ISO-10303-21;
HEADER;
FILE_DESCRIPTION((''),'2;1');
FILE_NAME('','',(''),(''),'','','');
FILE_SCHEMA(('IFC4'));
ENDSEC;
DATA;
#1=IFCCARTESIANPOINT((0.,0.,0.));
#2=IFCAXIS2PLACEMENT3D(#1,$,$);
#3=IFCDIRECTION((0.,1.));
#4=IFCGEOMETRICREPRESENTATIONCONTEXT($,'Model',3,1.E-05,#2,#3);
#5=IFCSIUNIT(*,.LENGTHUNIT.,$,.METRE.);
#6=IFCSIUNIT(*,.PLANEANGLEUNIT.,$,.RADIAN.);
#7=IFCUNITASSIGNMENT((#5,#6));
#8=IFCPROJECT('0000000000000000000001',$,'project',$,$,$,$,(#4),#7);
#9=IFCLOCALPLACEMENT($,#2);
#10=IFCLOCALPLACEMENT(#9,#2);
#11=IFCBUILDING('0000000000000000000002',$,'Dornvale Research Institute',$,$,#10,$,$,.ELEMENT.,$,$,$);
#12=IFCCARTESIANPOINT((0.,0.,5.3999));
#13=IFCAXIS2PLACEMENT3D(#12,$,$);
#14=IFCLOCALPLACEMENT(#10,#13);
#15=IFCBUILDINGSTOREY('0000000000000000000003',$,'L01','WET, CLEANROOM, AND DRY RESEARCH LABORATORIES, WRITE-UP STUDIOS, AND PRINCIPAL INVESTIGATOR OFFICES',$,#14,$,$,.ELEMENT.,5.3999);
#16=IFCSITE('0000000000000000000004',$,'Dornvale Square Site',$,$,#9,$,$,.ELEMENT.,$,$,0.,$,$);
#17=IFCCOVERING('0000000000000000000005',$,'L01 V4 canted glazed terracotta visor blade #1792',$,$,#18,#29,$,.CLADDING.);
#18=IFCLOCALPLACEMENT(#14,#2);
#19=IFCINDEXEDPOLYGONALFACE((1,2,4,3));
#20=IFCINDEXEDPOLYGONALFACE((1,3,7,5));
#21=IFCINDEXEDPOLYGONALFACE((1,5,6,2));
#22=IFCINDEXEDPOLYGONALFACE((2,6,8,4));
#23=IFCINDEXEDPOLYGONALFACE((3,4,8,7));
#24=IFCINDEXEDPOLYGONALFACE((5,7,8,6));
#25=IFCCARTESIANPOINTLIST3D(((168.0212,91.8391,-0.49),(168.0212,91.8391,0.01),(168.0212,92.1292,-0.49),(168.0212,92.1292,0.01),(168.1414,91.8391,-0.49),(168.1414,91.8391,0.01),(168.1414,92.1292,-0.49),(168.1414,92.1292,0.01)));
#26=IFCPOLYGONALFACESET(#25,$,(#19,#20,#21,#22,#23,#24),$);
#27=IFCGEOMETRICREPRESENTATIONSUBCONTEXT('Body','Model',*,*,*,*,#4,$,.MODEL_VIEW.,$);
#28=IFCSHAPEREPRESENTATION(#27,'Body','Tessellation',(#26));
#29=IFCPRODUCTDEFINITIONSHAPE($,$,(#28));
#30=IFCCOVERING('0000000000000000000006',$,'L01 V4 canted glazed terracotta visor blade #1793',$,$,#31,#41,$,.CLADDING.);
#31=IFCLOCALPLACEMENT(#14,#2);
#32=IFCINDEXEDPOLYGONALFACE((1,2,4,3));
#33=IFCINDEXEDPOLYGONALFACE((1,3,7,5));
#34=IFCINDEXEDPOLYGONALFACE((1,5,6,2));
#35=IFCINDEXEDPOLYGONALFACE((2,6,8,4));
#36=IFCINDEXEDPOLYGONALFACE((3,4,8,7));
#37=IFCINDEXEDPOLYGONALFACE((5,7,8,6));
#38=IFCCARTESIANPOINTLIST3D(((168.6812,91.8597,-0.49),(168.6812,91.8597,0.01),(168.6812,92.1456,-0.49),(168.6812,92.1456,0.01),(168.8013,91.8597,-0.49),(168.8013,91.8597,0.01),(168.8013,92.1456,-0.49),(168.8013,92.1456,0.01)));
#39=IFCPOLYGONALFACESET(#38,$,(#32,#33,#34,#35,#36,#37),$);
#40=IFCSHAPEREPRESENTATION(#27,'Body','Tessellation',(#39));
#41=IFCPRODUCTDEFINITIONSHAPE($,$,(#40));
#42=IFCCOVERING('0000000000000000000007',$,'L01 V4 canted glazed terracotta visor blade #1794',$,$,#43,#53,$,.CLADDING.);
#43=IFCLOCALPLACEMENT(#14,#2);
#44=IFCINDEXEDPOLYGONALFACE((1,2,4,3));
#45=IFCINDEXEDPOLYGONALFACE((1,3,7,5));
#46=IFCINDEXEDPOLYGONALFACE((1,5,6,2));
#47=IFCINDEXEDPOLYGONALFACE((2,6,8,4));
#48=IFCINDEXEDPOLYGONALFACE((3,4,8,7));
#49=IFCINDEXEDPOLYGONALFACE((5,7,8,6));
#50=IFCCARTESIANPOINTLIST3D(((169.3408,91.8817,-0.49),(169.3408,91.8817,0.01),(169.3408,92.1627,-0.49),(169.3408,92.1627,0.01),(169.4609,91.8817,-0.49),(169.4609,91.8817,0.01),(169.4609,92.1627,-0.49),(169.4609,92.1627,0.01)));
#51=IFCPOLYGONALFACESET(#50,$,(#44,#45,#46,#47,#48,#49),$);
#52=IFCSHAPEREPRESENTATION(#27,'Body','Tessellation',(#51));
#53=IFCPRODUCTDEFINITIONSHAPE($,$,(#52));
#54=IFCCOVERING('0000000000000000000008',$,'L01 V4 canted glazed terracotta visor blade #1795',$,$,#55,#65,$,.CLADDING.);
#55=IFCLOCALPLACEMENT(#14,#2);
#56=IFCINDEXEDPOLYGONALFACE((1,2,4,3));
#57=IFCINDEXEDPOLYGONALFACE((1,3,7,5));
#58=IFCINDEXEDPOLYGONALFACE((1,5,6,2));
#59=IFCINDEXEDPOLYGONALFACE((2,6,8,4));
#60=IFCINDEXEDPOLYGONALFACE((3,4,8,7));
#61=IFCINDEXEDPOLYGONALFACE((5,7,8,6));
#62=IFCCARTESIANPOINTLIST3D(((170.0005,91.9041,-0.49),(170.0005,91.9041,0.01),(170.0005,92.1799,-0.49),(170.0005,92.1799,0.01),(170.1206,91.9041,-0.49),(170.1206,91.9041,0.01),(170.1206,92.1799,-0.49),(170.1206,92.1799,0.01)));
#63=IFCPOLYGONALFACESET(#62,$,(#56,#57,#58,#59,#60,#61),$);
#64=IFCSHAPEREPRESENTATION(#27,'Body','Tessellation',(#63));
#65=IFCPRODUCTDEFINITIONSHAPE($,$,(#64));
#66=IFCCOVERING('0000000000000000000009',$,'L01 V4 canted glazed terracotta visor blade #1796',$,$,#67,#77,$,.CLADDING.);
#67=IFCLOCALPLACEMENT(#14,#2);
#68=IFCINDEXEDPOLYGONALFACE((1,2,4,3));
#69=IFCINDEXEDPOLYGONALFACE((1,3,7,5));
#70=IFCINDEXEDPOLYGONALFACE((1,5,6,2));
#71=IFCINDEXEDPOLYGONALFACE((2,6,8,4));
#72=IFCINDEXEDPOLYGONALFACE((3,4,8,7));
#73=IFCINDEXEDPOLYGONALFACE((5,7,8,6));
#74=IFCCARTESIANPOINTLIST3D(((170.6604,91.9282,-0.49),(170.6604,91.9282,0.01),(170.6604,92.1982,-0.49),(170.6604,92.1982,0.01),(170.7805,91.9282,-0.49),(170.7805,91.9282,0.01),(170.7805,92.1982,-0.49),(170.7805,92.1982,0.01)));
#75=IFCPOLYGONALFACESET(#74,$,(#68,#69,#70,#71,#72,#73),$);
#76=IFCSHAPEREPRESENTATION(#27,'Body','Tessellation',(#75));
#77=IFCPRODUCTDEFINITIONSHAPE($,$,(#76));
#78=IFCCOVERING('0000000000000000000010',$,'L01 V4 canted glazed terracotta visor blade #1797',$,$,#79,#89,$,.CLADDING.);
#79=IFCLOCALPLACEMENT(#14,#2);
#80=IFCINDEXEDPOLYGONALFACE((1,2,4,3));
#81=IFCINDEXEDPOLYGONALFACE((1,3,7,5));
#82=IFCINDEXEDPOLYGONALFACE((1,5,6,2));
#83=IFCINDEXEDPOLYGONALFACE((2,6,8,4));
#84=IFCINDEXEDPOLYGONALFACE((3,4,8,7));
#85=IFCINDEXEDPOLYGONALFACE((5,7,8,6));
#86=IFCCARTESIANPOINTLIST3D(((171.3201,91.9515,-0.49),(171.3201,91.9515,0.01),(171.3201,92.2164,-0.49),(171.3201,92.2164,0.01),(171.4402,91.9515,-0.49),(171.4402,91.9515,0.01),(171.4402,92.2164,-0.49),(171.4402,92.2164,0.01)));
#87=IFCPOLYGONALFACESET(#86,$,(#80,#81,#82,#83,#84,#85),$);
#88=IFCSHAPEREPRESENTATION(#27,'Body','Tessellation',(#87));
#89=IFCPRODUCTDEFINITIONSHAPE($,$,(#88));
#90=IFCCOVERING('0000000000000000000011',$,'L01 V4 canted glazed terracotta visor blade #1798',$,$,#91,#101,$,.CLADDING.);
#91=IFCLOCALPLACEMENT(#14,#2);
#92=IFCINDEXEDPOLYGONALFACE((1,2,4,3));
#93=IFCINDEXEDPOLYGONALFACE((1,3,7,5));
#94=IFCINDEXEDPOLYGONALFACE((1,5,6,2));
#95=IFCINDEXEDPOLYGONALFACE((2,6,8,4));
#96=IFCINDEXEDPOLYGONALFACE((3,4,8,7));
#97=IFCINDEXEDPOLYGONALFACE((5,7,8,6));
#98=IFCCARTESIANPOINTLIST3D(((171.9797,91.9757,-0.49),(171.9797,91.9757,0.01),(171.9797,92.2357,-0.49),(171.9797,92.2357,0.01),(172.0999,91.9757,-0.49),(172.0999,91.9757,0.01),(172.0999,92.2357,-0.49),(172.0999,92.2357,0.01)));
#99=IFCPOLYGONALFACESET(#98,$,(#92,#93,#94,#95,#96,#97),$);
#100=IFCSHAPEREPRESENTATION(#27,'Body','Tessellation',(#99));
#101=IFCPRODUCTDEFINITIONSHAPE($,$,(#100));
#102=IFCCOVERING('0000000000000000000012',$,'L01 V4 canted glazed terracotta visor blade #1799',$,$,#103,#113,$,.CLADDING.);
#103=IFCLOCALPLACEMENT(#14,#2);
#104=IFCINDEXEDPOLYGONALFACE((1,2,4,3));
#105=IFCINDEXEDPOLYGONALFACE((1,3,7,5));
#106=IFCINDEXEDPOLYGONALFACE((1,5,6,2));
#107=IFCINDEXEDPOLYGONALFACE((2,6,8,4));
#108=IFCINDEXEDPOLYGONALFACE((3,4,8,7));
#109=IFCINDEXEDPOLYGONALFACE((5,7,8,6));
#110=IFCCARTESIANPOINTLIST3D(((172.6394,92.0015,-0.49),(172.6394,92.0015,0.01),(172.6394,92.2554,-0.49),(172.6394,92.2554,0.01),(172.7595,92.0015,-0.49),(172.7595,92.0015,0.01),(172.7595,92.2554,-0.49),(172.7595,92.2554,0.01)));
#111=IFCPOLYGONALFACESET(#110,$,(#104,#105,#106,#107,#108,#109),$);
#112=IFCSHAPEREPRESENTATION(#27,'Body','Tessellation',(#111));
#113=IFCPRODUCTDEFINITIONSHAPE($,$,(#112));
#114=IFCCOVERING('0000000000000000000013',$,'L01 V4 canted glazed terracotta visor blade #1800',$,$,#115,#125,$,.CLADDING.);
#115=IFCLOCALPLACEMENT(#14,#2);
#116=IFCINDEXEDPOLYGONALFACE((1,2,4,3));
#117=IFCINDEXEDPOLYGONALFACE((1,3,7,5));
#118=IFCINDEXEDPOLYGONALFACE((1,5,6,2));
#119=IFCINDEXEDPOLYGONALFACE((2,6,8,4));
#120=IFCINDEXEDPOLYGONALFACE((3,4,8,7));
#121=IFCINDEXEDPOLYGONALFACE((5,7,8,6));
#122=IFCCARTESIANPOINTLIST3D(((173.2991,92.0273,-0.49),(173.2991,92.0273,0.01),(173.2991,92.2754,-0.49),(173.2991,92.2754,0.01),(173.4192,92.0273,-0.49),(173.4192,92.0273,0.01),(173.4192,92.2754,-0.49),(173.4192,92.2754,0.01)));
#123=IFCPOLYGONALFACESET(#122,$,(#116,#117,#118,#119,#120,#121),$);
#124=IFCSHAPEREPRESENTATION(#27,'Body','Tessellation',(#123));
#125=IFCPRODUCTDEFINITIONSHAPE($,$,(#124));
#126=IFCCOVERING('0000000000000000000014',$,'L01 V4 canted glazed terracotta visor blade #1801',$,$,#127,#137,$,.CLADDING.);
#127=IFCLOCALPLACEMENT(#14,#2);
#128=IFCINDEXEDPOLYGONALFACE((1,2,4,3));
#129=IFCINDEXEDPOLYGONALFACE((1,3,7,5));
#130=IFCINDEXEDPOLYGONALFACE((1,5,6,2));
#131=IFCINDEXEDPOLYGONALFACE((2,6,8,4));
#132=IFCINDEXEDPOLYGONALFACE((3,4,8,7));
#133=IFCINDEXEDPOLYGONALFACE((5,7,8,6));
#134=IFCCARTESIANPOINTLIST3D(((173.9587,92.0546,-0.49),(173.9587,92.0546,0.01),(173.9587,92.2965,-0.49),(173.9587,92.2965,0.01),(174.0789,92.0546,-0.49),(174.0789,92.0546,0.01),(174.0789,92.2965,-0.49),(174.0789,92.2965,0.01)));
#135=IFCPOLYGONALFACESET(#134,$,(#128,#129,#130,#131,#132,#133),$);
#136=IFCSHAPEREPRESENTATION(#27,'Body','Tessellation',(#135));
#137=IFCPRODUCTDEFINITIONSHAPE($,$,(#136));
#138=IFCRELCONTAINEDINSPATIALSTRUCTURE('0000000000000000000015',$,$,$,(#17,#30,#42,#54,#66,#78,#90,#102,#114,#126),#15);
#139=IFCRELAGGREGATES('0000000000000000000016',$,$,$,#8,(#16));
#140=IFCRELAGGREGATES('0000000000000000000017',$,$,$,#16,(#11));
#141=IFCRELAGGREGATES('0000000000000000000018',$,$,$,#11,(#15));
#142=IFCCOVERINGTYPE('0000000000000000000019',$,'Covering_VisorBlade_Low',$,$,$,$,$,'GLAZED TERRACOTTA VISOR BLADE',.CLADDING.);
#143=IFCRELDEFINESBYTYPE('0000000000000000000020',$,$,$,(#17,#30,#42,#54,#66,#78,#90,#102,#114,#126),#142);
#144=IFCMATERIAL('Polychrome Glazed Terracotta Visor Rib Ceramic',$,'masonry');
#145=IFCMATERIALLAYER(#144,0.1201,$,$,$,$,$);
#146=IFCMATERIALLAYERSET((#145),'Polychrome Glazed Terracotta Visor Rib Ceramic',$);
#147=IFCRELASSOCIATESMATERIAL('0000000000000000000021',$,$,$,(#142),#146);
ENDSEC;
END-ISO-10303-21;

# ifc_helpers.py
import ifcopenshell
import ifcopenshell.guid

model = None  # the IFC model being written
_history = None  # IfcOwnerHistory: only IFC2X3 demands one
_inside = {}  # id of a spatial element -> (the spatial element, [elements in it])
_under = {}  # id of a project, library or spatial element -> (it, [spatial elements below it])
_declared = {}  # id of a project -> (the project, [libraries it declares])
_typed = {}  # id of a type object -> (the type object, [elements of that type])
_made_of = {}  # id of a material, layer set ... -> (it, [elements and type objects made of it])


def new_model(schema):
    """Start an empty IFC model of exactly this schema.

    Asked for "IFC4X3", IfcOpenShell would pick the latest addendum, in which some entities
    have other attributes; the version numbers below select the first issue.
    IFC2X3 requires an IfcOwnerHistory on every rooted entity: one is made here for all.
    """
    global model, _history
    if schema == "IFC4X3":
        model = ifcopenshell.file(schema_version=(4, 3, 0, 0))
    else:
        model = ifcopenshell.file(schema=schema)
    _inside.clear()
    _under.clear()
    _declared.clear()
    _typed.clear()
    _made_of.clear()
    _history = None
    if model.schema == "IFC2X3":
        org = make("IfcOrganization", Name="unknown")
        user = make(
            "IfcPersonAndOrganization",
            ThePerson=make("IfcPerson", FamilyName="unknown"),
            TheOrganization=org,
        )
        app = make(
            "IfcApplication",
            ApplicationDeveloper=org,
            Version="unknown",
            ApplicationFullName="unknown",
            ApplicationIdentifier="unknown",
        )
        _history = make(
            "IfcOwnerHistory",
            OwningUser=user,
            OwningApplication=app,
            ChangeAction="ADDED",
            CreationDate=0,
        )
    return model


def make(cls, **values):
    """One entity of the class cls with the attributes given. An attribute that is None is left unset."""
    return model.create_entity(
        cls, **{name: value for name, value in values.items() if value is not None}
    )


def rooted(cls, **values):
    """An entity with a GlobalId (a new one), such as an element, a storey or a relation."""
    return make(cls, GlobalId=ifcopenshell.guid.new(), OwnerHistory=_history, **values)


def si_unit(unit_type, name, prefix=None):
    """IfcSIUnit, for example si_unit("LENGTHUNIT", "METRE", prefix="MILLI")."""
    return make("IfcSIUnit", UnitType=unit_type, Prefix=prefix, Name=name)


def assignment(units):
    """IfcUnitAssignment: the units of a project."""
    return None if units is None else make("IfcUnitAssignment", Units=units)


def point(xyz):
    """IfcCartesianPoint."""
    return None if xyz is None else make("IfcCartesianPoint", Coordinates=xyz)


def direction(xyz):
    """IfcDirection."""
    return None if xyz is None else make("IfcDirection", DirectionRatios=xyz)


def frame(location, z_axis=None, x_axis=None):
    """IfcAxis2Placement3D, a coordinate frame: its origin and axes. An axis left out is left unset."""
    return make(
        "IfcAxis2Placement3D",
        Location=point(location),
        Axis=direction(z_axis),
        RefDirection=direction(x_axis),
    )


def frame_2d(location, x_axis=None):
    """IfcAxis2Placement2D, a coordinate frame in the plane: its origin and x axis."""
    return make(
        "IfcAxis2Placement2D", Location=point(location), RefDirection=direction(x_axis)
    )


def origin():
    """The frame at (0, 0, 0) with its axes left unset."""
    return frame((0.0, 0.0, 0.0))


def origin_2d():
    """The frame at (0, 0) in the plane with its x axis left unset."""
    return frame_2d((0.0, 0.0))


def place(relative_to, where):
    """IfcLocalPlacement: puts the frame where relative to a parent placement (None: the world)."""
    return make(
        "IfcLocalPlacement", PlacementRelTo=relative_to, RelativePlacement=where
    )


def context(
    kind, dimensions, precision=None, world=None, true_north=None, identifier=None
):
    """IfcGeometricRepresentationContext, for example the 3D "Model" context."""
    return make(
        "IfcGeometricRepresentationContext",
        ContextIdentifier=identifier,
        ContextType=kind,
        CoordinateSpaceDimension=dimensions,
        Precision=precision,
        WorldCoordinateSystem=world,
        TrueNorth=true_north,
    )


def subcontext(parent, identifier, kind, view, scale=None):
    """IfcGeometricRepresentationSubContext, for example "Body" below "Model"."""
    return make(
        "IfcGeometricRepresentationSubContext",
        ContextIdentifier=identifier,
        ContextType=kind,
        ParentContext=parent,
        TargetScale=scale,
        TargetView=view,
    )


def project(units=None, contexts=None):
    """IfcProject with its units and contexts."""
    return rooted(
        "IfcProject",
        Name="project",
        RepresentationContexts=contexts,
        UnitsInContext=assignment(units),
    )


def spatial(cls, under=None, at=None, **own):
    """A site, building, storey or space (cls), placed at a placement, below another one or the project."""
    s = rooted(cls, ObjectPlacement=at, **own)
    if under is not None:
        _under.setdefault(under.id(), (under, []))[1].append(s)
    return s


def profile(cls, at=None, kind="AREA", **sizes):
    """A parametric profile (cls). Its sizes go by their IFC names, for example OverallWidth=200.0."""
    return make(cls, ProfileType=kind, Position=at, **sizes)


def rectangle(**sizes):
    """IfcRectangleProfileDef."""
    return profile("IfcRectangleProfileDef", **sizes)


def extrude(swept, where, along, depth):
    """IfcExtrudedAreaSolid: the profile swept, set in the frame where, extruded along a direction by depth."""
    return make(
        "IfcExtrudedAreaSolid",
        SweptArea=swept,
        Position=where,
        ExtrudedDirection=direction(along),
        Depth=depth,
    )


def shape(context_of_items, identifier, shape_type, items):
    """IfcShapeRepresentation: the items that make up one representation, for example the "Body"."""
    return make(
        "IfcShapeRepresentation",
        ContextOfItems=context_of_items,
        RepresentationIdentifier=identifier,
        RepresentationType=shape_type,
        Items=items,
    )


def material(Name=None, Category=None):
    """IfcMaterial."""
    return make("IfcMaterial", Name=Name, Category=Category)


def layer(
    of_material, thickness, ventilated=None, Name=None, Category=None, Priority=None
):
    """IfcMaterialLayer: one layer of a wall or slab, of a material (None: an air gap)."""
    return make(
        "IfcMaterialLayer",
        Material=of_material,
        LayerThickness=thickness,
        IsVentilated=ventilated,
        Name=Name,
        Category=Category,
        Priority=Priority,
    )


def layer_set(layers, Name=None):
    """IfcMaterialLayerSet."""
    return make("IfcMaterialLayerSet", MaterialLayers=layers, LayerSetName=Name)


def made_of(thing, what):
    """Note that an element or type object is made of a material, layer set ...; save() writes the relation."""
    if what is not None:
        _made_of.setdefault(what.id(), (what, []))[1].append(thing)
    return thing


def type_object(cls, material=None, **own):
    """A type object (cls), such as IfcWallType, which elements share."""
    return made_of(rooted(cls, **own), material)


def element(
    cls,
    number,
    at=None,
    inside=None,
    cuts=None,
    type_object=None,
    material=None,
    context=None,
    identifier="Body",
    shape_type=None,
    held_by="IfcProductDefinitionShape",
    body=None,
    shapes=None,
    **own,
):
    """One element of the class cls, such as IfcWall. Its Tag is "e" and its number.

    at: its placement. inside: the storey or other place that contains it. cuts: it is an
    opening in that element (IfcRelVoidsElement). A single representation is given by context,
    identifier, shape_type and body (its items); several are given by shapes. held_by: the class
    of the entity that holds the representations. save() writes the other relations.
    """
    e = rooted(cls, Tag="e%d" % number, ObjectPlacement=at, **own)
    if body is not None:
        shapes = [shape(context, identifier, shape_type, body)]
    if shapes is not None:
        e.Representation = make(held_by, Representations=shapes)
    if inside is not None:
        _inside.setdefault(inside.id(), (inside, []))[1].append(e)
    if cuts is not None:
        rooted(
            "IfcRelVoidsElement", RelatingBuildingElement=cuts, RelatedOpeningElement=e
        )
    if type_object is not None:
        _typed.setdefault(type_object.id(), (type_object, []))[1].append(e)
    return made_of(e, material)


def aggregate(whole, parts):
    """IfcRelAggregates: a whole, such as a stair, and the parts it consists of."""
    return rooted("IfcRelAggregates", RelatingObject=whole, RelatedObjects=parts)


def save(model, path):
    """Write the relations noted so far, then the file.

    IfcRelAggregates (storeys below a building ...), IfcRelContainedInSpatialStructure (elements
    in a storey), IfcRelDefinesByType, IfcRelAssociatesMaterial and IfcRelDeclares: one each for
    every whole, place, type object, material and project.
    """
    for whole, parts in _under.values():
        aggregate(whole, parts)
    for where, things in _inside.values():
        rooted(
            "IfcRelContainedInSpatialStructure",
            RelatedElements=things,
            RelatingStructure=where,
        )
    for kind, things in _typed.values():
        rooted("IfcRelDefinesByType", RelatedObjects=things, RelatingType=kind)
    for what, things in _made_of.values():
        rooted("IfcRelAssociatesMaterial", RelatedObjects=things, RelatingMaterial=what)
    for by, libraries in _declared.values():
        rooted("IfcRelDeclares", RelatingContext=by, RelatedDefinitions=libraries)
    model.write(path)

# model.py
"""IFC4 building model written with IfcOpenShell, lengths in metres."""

from ifc_helpers import new_model, si_unit, direction, frame, origin, origin_2d, place, context, subcontext, project, spatial, rectangle, extrude, material, layer, layer_set, type_object, element, save


model = new_model("IFC4")

# Units and contexts
model_context = context("Model", 3, precision=1e-05, world=origin(), true_north=direction((0.0, 1.0)))
body_context = subcontext(model_context, "Body", "Model", "MODEL_VIEW")
ifc_project = project(units=[si_unit("LENGTHUNIT", "METRE"), si_unit("PLANEANGLEUNIT", "RADIAN")], contexts=[model_context])

# Site, building, storey
site_placement = place(None, origin())
site = spatial("IfcSite", under=ifc_project, at=site_placement, Name="Dornvale Square Site", CompositionType="ELEMENT", RefElevation=0.0)
building_placement = place(site_placement, origin())
building = spatial("IfcBuilding", under=site, at=building_placement, Name="Dornvale Research Institute", CompositionType="ELEMENT")
storey_placement = place(building_placement, frame((0.0, 0.0, 5.3999)))
storey = spatial("IfcBuildingStorey", under=building, at=storey_placement, Name="L01", Description="WET, CLEANROOM, AND DRY RESEARCH LABORATORIES, WRITE-UP STUDIOS, AND PRINCIPAL INVESTIGATOR OFFICES", CompositionType="ELEMENT", Elevation=5.3999)

# Coverings
ifc_material_1 = material(Name="Polychrome Glazed Terracotta Visor Rib Ceramic", Category="masonry")
ifc_layer_1 = layer(ifc_material_1, 0.1201)
ifc_layer_set_1 = layer_set([ifc_layer_1], Name="Polychrome Glazed Terracotta Visor Rib Ceramic")
covering_type = type_object("IfcCoveringType", Name="Covering_VisorBlade_Low", ElementType="GLAZED TERRACOTTA VISOR BLADE", PredefinedType="CLADDING", material=ifc_layer_set_1)
covering_1_placement = place(storey_placement, frame((168.0813, 91.9841, -0.49), z_axis=(0.0, 0.0, 1.0), x_axis=(0.0, 1.0, 0.0)))
element("IfcCovering", 1, at=covering_1_placement, inside=storey, type_object=covering_type, Name="L01 V4 canted glazed terracotta visor blade #1792", PredefinedType="CLADDING", context=body_context, shape_type="SweptSolid", body=[
    extrude(rectangle(XDim=0.29, YDim=0.1201, at=origin_2d()), origin(), (0.0, 0.0, 1.0), 0.5),
])
covering_2_placement = place(storey_placement, frame((168.7412, 92.0027, -0.49), z_axis=(0.0, 0.0, 1.0), x_axis=(0.0, 1.0, 0.0)))
element("IfcCovering", 2, at=covering_2_placement, inside=storey, type_object=covering_type, Name="L01 V4 canted glazed terracotta visor blade #1793", PredefinedType="CLADDING", context=body_context, shape_type="SweptSolid", body=[
    extrude(rectangle(XDim=0.2859, YDim=0.1201, at=origin_2d()), origin(), (0.0, 0.0, 1.0), 0.5),
])
covering_3_placement = place(storey_placement, frame((169.4009, 92.0222, -0.49), z_axis=(0.0, 0.0, 1.0), x_axis=(0.0, 1.0, 0.0)))
element("IfcCovering", 3, at=covering_3_placement, inside=storey, type_object=covering_type, Name="L01 V4 canted glazed terracotta visor blade #1794", PredefinedType="CLADDING", context=body_context, shape_type="SweptSolid", body=[
    extrude(rectangle(XDim=0.281, YDim=0.1201, at=origin_2d()), origin(), (0.0, 0.0, 1.0), 0.5),
])
covering_4_placement = place(storey_placement, frame((170.0605, 92.042, -0.49), z_axis=(0.0, 0.0, 1.0), x_axis=(0.0, 1.0, 0.0)))
element("IfcCovering", 4, at=covering_4_placement, inside=storey, type_object=covering_type, Name="L01 V4 canted glazed terracotta visor blade #1795", PredefinedType="CLADDING", context=body_context, shape_type="SweptSolid", body=[
    extrude(rectangle(XDim=0.2759, YDim=0.1201, at=origin_2d()), origin(), (0.0, 0.0, 1.0), 0.5),
])
covering_5_placement = place(storey_placement, frame((170.7205, 92.0632, -0.49), z_axis=(0.0, 0.0, 1.0), x_axis=(0.0, 1.0, 0.0)))
element("IfcCovering", 5, at=covering_5_placement, inside=storey, type_object=covering_type, Name="L01 V4 canted glazed terracotta visor blade #1796", PredefinedType="CLADDING", context=body_context, shape_type="SweptSolid", body=[
    extrude(rectangle(XDim=0.27, YDim=0.1201, at=origin_2d()), origin(), (0.0, 0.0, 1.0), 0.5),
])
covering_6_placement = place(storey_placement, frame((171.3801, 92.084, -0.49), z_axis=(0.0, 0.0, 1.0), x_axis=(0.0, 1.0, 0.0)))
element("IfcCovering", 6, at=covering_6_placement, inside=storey, type_object=covering_type, Name="L01 V4 canted glazed terracotta visor blade #1797", PredefinedType="CLADDING", context=body_context, shape_type="SweptSolid", body=[
    extrude(rectangle(XDim=0.2649, YDim=0.1201, at=origin_2d()), origin(), (0.0, 0.0, 1.0), 0.5),
])
covering_7_placement = place(storey_placement, frame((172.0398, 92.1057, -0.49), z_axis=(0.0, 0.0, 1.0), x_axis=(0.0, 1.0, 0.0)))
element("IfcCovering", 7, at=covering_7_placement, inside=storey, type_object=covering_type, Name="L01 V4 canted glazed terracotta visor blade #1798", PredefinedType="CLADDING", context=body_context, shape_type="SweptSolid", body=[
    extrude(rectangle(XDim=0.26, YDim=0.1201, at=origin_2d()), origin(), (0.0, 0.0, 1.0), 0.5),
])
covering_8_placement = place(storey_placement, frame((172.6995, 92.1284, -0.49), z_axis=(0.0, 0.0, 1.0), x_axis=(0.0, 1.0, 0.0)))
element("IfcCovering", 8, at=covering_8_placement, inside=storey, type_object=covering_type, Name="L01 V4 canted glazed terracotta visor blade #1799", PredefinedType="CLADDING", context=body_context, shape_type="SweptSolid", body=[
    extrude(rectangle(XDim=0.2539, YDim=0.1201, at=origin_2d()), origin(), (0.0, 0.0, 1.0), 0.5),
])
covering_9_placement = place(storey_placement, frame((173.3591, 92.1514, -0.49), z_axis=(0.0, 0.0, 1.0), x_axis=(0.0, 1.0, 0.0)))
element("IfcCovering", 9, at=covering_9_placement, inside=storey, type_object=covering_type, Name="L01 V4 canted glazed terracotta visor blade #1800", PredefinedType="CLADDING", context=body_context, shape_type="SweptSolid", body=[
    extrude(rectangle(XDim=0.248, YDim=0.1201, at=origin_2d()), origin(), (0.0, 0.0, 1.0), 0.5),
])
covering_10_placement = place(storey_placement, frame((174.0188, 92.1755, -0.49), z_axis=(0.0, 0.0, 1.0), x_axis=(0.0, 1.0, 0.0)))
element("IfcCovering", 10, at=covering_10_placement, inside=storey, type_object=covering_type, Name="L01 V4 canted glazed terracotta visor blade #1801", PredefinedType="CLADDING", context=body_context, shape_type="SweptSolid", body=[
    extrude(rectangle(XDim=0.2419, YDim=0.1201, at=origin_2d()), origin(), (0.0, 0.0, 1.0), 0.5),
])

save(model, "model.ifc")
